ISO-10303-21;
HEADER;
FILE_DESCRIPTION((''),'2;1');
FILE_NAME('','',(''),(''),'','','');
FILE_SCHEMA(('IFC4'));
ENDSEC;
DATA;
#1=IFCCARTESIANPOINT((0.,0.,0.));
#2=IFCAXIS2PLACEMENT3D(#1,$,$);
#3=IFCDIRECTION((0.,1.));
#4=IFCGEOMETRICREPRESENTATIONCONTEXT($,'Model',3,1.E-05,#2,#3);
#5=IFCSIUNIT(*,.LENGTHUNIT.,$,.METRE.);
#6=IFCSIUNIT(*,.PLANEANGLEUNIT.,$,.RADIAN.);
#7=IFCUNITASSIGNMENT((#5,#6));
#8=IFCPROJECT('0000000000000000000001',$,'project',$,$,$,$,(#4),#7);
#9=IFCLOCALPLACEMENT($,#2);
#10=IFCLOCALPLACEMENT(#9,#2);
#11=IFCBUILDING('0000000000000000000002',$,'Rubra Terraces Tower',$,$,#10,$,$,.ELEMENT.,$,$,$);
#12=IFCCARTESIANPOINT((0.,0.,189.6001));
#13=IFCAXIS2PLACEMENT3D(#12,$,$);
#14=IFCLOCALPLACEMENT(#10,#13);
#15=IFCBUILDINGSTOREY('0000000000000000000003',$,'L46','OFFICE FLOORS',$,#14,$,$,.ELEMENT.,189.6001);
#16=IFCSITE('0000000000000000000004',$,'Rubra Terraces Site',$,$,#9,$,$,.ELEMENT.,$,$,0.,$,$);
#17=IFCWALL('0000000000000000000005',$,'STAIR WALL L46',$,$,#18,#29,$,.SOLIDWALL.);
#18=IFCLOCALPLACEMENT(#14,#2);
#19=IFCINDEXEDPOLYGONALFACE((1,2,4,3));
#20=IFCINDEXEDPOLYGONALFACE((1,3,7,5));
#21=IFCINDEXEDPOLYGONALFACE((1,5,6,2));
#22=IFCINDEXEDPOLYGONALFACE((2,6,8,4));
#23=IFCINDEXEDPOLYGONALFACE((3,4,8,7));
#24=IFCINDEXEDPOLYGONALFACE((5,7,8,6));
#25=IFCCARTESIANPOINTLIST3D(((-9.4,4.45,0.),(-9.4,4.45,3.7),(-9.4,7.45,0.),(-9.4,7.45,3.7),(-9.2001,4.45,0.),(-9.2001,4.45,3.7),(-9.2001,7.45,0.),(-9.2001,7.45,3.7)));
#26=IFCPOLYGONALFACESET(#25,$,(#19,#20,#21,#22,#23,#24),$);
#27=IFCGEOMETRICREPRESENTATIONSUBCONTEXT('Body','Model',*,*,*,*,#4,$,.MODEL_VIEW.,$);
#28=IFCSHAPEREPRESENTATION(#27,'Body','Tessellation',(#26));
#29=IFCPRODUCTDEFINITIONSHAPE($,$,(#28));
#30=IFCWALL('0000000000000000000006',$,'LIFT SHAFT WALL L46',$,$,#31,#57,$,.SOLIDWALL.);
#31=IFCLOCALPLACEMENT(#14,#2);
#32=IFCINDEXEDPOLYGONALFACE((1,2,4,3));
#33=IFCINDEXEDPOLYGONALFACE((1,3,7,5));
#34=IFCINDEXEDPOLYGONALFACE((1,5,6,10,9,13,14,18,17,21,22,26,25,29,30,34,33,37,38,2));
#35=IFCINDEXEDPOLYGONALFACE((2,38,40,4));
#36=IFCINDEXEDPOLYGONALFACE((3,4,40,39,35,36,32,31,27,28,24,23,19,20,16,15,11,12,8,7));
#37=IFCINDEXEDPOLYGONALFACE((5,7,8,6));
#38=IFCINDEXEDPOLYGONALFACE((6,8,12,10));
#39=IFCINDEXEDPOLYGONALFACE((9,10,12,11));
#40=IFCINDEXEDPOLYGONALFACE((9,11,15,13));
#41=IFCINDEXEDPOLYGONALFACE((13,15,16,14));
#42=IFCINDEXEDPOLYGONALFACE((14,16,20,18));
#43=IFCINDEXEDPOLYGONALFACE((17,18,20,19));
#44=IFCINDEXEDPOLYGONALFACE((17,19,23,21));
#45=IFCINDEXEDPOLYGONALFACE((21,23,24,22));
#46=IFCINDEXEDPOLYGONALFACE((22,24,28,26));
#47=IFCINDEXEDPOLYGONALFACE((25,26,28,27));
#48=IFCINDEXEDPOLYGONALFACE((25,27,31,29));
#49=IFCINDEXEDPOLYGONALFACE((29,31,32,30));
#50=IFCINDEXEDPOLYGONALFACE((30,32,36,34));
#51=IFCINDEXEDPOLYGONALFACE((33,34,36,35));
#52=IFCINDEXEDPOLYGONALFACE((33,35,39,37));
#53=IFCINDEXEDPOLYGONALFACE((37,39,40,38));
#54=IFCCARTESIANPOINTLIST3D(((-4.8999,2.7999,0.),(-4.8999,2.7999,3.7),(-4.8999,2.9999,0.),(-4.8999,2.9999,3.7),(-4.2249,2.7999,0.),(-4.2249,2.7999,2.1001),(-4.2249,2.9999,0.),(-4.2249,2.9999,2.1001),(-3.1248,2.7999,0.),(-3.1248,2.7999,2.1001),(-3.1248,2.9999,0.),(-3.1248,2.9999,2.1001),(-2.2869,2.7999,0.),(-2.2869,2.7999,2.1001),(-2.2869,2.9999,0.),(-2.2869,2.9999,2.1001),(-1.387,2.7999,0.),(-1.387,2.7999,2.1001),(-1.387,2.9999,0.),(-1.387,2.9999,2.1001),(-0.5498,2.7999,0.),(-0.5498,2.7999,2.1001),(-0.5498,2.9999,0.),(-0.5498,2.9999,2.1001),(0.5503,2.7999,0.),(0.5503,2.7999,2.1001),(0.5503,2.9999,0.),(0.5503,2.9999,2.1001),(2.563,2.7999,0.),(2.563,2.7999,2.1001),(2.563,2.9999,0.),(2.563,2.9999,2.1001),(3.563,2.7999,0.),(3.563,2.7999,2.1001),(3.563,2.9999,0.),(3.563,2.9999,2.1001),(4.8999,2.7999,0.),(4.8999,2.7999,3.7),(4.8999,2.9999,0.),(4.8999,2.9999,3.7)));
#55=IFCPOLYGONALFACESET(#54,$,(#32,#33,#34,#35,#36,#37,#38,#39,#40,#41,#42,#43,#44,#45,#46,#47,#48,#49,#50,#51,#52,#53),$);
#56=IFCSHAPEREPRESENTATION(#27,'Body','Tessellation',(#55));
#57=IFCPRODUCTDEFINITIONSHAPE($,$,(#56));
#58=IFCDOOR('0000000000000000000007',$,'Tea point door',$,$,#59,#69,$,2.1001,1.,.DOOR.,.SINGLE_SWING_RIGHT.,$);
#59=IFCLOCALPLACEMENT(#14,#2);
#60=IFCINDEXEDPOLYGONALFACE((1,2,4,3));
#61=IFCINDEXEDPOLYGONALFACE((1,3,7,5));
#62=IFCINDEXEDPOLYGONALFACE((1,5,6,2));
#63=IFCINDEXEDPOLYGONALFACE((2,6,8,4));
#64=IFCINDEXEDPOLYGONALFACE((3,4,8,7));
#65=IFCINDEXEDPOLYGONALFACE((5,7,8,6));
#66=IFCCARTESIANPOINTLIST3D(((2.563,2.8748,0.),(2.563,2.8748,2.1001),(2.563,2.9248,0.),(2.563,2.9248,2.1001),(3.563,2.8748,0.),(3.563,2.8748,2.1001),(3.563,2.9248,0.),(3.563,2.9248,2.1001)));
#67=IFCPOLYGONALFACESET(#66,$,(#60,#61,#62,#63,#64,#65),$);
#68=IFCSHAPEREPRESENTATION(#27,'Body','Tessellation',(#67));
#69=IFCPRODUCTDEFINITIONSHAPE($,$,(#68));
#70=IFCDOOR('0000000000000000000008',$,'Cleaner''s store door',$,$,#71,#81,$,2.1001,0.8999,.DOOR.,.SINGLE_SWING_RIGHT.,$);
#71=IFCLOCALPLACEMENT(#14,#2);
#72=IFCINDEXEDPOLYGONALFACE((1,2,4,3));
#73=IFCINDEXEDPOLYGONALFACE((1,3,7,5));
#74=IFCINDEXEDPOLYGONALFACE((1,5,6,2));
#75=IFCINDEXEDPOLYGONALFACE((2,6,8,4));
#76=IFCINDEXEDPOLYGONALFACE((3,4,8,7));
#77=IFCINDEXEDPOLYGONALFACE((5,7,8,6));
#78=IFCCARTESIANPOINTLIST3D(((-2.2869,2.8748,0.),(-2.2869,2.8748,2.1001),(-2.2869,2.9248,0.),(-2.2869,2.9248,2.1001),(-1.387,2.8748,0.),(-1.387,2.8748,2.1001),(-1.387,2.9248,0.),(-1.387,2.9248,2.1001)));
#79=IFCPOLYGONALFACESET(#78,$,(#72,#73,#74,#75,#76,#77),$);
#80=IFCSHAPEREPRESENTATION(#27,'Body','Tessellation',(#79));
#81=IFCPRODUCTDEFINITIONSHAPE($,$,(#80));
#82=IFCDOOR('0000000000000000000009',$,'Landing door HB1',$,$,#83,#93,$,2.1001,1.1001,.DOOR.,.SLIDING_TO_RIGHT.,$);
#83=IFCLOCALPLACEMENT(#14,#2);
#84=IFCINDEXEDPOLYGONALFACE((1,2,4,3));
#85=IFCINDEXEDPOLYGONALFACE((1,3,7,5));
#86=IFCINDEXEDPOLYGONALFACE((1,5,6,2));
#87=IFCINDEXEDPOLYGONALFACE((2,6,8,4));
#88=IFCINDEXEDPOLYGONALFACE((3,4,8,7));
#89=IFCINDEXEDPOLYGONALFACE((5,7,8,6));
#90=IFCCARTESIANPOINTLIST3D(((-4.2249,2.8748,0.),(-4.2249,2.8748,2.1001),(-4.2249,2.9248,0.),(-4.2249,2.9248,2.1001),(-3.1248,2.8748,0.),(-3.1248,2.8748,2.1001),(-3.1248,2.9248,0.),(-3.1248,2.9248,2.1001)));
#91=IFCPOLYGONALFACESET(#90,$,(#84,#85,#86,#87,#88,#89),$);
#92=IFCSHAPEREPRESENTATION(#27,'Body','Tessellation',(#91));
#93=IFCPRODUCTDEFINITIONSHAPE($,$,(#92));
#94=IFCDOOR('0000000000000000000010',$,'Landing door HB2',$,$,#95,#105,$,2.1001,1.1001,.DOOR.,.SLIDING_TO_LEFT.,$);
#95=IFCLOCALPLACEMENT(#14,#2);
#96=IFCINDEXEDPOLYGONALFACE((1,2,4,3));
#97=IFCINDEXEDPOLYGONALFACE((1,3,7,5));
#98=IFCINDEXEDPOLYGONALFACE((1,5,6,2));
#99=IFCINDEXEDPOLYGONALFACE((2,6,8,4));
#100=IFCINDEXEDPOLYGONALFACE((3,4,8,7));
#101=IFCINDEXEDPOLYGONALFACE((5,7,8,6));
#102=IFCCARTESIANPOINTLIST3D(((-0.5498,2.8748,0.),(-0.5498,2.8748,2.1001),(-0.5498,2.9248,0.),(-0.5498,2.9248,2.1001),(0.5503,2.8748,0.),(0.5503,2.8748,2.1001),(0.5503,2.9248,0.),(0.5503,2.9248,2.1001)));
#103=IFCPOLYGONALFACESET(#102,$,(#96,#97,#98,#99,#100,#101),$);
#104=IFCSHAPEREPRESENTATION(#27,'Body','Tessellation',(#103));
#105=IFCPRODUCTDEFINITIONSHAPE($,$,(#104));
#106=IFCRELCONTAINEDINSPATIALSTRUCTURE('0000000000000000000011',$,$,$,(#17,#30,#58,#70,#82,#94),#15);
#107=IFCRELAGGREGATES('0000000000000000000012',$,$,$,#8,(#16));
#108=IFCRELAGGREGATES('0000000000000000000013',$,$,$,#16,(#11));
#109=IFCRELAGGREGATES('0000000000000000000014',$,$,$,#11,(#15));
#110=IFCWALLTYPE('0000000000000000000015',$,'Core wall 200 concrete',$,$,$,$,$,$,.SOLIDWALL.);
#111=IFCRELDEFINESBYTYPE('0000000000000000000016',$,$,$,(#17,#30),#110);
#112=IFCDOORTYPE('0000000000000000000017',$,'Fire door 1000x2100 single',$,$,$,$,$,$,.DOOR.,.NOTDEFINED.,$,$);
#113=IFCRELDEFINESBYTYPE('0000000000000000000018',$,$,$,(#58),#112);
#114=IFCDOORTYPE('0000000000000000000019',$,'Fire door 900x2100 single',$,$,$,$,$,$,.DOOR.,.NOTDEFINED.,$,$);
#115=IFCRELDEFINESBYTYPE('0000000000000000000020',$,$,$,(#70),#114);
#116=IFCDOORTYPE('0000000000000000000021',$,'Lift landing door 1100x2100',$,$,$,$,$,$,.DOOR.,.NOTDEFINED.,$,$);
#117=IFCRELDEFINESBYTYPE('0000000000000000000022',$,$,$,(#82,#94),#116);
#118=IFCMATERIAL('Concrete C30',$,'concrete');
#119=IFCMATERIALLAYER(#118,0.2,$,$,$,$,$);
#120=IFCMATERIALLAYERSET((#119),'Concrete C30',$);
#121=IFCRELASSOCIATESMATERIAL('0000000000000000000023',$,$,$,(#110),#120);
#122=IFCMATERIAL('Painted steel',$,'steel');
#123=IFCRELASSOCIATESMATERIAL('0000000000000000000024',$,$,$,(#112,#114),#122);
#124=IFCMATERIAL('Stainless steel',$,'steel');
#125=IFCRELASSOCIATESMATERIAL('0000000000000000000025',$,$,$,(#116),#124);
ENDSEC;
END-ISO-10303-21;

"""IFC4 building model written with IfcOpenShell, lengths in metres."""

from ifc_helpers import new_model, si_unit, direction, frame, frame_2d, origin, place, context, subcontext, project, spatial, rectangle, extrude, material, layer, layer_set, type_object, element, fill, save


model = new_model("IFC4")

# Units and contexts
model_context = context("Model", 3, precision=1e-05, world=origin(), true_north=direction((0.0, 1.0)))
body_context = subcontext(model_context, "Body", "Model", "MODEL_VIEW")
ifc_project = project(units=[si_unit("LENGTHUNIT", "METRE"), si_unit("PLANEANGLEUNIT", "RADIAN")], contexts=[model_context])

# Site, building, storey
site_placement = place(None, origin())
site = spatial("IfcSite", under=ifc_project, at=site_placement, Name="Rubra Terraces Site", CompositionType="ELEMENT", RefElevation=0.0)
building_placement = place(site_placement, origin())
building = spatial("IfcBuilding", under=site, at=building_placement, Name="Rubra Terraces Tower", CompositionType="ELEMENT")
storey_placement = place(building_placement, frame((0.0, 0.0, 189.6001)))
storey = spatial("IfcBuildingStorey", under=building, at=storey_placement, Name="L46", Description="OFFICE FLOORS", CompositionType="ELEMENT", Elevation=189.6001)

# Wall
ifc_material_1 = material(Name="Concrete C30", Category="concrete")
ifc_layer_1 = layer(ifc_material_1, 0.2)
ifc_layer_set_1 = layer_set([ifc_layer_1], Name="Concrete C30")
wall_type_1 = type_object("IfcWallType", Name="Core wall 200 concrete", PredefinedType="SOLIDWALL", material=ifc_layer_set_1)
wall_1_placement = place(storey_placement, frame((-9.3, 4.45, 0.0), z_axis=(0.0, 0.0, 1.0), x_axis=(0.0, 1.0, 0.0)))
element("IfcWall", 1, at=wall_1_placement, inside=storey, type_object=wall_type_1, Name="STAIR WALL L46", PredefinedType="SOLIDWALL", context=body_context, shape_type="SweptSolid", body=[
    extrude(rectangle(XDim=3.0, YDim=0.2, at=frame_2d((1.5, 0.0))), origin(), (0.0, 0.0, 1.0), 3.7),
])

# Wall, openings, doors
wall_2_placement = place(storey_placement, frame((-4.8999, 2.8999, 0.0), z_axis=(0.0, 0.0, 1.0), x_axis=(1.0, 0.0, 0.0)))
wall_2 = element("IfcWall", 2, at=wall_2_placement, inside=storey, type_object=wall_type_1, Name="LIFT SHAFT WALL L46", PredefinedType="SOLIDWALL", context=body_context, shape_type="SweptSolid", body=[
    extrude(rectangle(XDim=9.7998, YDim=0.2, at=frame_2d((4.8999, 0.0))), origin(), (0.0, 0.0, 1.0), 3.7),
])
opening_1_placement = place(wall_2_placement, frame((0.675, 0.0, 0.0)))
opening_1 = element("IfcOpeningElement", 3, at=opening_1_placement, cuts=wall_2, PredefinedType="OPENING", context=body_context, shape_type="SweptSolid", body=[
    extrude(rectangle(XDim=1.1001, YDim=2.1001, at=frame_2d((0.55, 1.05))), frame((0.0, 0.1099, 0.0), z_axis=(0.0, -1.0, 0.0), x_axis=(1.0, 0.0, 0.0)), (0.0, 0.0, 1.0), 0.22),
])
opening_2_placement = place(wall_2_placement, frame((2.613, 0.0, 0.0)))
opening_2 = element("IfcOpeningElement", 4, at=opening_2_placement, cuts=wall_2, PredefinedType="OPENING", context=body_context, shape_type="SweptSolid", body=[
    extrude(rectangle(XDim=0.8999, YDim=2.1001, at=frame_2d((0.45, 1.05))), frame((0.0, 0.1099, 0.0), z_axis=(0.0, -1.0, 0.0), x_axis=(1.0, 0.0, 0.0)), (0.0, 0.0, 1.0), 0.22),
])
opening_3_placement = place(wall_2_placement, frame((4.3501, 0.0, 0.0)))
opening_3 = element("IfcOpeningElement", 5, at=opening_3_placement, cuts=wall_2, PredefinedType="OPENING", context=body_context, shape_type="SweptSolid", body=[
    extrude(rectangle(XDim=1.1001, YDim=2.1001, at=frame_2d((0.55, 1.05))), frame((0.0, 0.1099, 0.0), z_axis=(0.0, -1.0, 0.0), x_axis=(1.0, 0.0, 0.0)), (0.0, 0.0, 1.0), 0.22),
])
opening_4_placement = place(wall_2_placement, frame((7.4629, 0.0, 0.0)))
opening_4 = element("IfcOpeningElement", 6, at=opening_4_placement, cuts=wall_2, PredefinedType="OPENING", context=body_context, shape_type="SweptSolid", body=[
    extrude(rectangle(XDim=1.0, YDim=2.1001, at=frame_2d((0.5, 1.05))), frame((0.0, 0.1099, 0.0), z_axis=(0.0, -1.0, 0.0), x_axis=(1.0, 0.0, 0.0)), (0.0, 0.0, 1.0), 0.22),
])
ifc_material_2 = material(Name="Painted steel", Category="steel")
door_type_1 = type_object("IfcDoorType", Name="Fire door 1000x2100 single", OperationType="NOTDEFINED", PredefinedType="DOOR", material=ifc_material_2)
door_1_placement = place(opening_4_placement, origin())
door_1 = element("IfcDoor", 7, at=door_1_placement, inside=storey, type_object=door_type_1, Name="Tea point door", OperationType="SINGLE_SWING_RIGHT", OverallHeight=2.1001, OverallWidth=1.0, PredefinedType="DOOR", context=body_context, shape_type="SweptSolid", body=[
    extrude(rectangle(XDim=1.0, YDim=2.1001, at=frame_2d((0.5, 1.05))), frame((0.0, 0.0249, 0.0), z_axis=(0.0, -1.0, 0.0), x_axis=(1.0, 0.0, 0.0)), (0.0, 0.0, 1.0), 0.05),
])
fill(opening_4, door_1)
door_type_2 = type_object("IfcDoorType", Name="Fire door 900x2100 single", OperationType="NOTDEFINED", PredefinedType="DOOR", material=ifc_material_2)
door_2_placement = place(opening_2_placement, origin())
door_2 = element("IfcDoor", 8, at=door_2_placement, inside=storey, type_object=door_type_2, Name="Cleaner's store door", OperationType="SINGLE_SWING_RIGHT", OverallHeight=2.1001, OverallWidth=0.8999, PredefinedType="DOOR", context=body_context, shape_type="SweptSolid", body=[
    extrude(rectangle(XDim=0.8999, YDim=2.1001, at=frame_2d((0.45, 1.05))), frame((0.0, 0.0249, 0.0), z_axis=(0.0, -1.0, 0.0), x_axis=(1.0, 0.0, 0.0)), (0.0, 0.0, 1.0), 0.05),
])
fill(opening_2, door_2)
ifc_material_3 = material(Name="Stainless steel", Category="steel")
door_type_3 = type_object("IfcDoorType", Name="Lift landing door 1100x2100", OperationType="NOTDEFINED", PredefinedType="DOOR", material=ifc_material_3)
door_3_placement = place(opening_1_placement, origin())
door_3 = element("IfcDoor", 9, at=door_3_placement, inside=storey, type_object=door_type_3, Name="Landing door HB1", OperationType="SLIDING_TO_RIGHT", OverallHeight=2.1001, OverallWidth=1.1001, PredefinedType="DOOR", context=body_context, shape_type="SweptSolid", body=[
    extrude(rectangle(XDim=1.1001, YDim=2.1001, at=frame_2d((0.55, 1.05))), frame((0.0, 0.0249, 0.0), z_axis=(0.0, -1.0, 0.0), x_axis=(1.0, 0.0, 0.0)), (0.0, 0.0, 1.0), 0.05),
])
fill(opening_1, door_3)
door_4_placement = place(opening_3_placement, origin())
door_4 = element("IfcDoor", 10, at=door_4_placement, inside=storey, type_object=door_type_3, Name="Landing door HB2", OperationType="SLIDING_TO_LEFT", OverallHeight=2.1001, OverallWidth=1.1001, PredefinedType="DOOR", context=body_context, shape_type="SweptSolid", body=[
    extrude(rectangle(XDim=1.1001, YDim=2.1001, at=frame_2d((0.55, 1.05))), frame((0.0, 0.0249, 0.0), z_axis=(0.0, -1.0, 0.0), x_axis=(1.0, 0.0, 0.0)), (0.0, 0.0, 1.0), 0.05),
])
fill(opening_3, door_4)

save(model, "model.ifc")
